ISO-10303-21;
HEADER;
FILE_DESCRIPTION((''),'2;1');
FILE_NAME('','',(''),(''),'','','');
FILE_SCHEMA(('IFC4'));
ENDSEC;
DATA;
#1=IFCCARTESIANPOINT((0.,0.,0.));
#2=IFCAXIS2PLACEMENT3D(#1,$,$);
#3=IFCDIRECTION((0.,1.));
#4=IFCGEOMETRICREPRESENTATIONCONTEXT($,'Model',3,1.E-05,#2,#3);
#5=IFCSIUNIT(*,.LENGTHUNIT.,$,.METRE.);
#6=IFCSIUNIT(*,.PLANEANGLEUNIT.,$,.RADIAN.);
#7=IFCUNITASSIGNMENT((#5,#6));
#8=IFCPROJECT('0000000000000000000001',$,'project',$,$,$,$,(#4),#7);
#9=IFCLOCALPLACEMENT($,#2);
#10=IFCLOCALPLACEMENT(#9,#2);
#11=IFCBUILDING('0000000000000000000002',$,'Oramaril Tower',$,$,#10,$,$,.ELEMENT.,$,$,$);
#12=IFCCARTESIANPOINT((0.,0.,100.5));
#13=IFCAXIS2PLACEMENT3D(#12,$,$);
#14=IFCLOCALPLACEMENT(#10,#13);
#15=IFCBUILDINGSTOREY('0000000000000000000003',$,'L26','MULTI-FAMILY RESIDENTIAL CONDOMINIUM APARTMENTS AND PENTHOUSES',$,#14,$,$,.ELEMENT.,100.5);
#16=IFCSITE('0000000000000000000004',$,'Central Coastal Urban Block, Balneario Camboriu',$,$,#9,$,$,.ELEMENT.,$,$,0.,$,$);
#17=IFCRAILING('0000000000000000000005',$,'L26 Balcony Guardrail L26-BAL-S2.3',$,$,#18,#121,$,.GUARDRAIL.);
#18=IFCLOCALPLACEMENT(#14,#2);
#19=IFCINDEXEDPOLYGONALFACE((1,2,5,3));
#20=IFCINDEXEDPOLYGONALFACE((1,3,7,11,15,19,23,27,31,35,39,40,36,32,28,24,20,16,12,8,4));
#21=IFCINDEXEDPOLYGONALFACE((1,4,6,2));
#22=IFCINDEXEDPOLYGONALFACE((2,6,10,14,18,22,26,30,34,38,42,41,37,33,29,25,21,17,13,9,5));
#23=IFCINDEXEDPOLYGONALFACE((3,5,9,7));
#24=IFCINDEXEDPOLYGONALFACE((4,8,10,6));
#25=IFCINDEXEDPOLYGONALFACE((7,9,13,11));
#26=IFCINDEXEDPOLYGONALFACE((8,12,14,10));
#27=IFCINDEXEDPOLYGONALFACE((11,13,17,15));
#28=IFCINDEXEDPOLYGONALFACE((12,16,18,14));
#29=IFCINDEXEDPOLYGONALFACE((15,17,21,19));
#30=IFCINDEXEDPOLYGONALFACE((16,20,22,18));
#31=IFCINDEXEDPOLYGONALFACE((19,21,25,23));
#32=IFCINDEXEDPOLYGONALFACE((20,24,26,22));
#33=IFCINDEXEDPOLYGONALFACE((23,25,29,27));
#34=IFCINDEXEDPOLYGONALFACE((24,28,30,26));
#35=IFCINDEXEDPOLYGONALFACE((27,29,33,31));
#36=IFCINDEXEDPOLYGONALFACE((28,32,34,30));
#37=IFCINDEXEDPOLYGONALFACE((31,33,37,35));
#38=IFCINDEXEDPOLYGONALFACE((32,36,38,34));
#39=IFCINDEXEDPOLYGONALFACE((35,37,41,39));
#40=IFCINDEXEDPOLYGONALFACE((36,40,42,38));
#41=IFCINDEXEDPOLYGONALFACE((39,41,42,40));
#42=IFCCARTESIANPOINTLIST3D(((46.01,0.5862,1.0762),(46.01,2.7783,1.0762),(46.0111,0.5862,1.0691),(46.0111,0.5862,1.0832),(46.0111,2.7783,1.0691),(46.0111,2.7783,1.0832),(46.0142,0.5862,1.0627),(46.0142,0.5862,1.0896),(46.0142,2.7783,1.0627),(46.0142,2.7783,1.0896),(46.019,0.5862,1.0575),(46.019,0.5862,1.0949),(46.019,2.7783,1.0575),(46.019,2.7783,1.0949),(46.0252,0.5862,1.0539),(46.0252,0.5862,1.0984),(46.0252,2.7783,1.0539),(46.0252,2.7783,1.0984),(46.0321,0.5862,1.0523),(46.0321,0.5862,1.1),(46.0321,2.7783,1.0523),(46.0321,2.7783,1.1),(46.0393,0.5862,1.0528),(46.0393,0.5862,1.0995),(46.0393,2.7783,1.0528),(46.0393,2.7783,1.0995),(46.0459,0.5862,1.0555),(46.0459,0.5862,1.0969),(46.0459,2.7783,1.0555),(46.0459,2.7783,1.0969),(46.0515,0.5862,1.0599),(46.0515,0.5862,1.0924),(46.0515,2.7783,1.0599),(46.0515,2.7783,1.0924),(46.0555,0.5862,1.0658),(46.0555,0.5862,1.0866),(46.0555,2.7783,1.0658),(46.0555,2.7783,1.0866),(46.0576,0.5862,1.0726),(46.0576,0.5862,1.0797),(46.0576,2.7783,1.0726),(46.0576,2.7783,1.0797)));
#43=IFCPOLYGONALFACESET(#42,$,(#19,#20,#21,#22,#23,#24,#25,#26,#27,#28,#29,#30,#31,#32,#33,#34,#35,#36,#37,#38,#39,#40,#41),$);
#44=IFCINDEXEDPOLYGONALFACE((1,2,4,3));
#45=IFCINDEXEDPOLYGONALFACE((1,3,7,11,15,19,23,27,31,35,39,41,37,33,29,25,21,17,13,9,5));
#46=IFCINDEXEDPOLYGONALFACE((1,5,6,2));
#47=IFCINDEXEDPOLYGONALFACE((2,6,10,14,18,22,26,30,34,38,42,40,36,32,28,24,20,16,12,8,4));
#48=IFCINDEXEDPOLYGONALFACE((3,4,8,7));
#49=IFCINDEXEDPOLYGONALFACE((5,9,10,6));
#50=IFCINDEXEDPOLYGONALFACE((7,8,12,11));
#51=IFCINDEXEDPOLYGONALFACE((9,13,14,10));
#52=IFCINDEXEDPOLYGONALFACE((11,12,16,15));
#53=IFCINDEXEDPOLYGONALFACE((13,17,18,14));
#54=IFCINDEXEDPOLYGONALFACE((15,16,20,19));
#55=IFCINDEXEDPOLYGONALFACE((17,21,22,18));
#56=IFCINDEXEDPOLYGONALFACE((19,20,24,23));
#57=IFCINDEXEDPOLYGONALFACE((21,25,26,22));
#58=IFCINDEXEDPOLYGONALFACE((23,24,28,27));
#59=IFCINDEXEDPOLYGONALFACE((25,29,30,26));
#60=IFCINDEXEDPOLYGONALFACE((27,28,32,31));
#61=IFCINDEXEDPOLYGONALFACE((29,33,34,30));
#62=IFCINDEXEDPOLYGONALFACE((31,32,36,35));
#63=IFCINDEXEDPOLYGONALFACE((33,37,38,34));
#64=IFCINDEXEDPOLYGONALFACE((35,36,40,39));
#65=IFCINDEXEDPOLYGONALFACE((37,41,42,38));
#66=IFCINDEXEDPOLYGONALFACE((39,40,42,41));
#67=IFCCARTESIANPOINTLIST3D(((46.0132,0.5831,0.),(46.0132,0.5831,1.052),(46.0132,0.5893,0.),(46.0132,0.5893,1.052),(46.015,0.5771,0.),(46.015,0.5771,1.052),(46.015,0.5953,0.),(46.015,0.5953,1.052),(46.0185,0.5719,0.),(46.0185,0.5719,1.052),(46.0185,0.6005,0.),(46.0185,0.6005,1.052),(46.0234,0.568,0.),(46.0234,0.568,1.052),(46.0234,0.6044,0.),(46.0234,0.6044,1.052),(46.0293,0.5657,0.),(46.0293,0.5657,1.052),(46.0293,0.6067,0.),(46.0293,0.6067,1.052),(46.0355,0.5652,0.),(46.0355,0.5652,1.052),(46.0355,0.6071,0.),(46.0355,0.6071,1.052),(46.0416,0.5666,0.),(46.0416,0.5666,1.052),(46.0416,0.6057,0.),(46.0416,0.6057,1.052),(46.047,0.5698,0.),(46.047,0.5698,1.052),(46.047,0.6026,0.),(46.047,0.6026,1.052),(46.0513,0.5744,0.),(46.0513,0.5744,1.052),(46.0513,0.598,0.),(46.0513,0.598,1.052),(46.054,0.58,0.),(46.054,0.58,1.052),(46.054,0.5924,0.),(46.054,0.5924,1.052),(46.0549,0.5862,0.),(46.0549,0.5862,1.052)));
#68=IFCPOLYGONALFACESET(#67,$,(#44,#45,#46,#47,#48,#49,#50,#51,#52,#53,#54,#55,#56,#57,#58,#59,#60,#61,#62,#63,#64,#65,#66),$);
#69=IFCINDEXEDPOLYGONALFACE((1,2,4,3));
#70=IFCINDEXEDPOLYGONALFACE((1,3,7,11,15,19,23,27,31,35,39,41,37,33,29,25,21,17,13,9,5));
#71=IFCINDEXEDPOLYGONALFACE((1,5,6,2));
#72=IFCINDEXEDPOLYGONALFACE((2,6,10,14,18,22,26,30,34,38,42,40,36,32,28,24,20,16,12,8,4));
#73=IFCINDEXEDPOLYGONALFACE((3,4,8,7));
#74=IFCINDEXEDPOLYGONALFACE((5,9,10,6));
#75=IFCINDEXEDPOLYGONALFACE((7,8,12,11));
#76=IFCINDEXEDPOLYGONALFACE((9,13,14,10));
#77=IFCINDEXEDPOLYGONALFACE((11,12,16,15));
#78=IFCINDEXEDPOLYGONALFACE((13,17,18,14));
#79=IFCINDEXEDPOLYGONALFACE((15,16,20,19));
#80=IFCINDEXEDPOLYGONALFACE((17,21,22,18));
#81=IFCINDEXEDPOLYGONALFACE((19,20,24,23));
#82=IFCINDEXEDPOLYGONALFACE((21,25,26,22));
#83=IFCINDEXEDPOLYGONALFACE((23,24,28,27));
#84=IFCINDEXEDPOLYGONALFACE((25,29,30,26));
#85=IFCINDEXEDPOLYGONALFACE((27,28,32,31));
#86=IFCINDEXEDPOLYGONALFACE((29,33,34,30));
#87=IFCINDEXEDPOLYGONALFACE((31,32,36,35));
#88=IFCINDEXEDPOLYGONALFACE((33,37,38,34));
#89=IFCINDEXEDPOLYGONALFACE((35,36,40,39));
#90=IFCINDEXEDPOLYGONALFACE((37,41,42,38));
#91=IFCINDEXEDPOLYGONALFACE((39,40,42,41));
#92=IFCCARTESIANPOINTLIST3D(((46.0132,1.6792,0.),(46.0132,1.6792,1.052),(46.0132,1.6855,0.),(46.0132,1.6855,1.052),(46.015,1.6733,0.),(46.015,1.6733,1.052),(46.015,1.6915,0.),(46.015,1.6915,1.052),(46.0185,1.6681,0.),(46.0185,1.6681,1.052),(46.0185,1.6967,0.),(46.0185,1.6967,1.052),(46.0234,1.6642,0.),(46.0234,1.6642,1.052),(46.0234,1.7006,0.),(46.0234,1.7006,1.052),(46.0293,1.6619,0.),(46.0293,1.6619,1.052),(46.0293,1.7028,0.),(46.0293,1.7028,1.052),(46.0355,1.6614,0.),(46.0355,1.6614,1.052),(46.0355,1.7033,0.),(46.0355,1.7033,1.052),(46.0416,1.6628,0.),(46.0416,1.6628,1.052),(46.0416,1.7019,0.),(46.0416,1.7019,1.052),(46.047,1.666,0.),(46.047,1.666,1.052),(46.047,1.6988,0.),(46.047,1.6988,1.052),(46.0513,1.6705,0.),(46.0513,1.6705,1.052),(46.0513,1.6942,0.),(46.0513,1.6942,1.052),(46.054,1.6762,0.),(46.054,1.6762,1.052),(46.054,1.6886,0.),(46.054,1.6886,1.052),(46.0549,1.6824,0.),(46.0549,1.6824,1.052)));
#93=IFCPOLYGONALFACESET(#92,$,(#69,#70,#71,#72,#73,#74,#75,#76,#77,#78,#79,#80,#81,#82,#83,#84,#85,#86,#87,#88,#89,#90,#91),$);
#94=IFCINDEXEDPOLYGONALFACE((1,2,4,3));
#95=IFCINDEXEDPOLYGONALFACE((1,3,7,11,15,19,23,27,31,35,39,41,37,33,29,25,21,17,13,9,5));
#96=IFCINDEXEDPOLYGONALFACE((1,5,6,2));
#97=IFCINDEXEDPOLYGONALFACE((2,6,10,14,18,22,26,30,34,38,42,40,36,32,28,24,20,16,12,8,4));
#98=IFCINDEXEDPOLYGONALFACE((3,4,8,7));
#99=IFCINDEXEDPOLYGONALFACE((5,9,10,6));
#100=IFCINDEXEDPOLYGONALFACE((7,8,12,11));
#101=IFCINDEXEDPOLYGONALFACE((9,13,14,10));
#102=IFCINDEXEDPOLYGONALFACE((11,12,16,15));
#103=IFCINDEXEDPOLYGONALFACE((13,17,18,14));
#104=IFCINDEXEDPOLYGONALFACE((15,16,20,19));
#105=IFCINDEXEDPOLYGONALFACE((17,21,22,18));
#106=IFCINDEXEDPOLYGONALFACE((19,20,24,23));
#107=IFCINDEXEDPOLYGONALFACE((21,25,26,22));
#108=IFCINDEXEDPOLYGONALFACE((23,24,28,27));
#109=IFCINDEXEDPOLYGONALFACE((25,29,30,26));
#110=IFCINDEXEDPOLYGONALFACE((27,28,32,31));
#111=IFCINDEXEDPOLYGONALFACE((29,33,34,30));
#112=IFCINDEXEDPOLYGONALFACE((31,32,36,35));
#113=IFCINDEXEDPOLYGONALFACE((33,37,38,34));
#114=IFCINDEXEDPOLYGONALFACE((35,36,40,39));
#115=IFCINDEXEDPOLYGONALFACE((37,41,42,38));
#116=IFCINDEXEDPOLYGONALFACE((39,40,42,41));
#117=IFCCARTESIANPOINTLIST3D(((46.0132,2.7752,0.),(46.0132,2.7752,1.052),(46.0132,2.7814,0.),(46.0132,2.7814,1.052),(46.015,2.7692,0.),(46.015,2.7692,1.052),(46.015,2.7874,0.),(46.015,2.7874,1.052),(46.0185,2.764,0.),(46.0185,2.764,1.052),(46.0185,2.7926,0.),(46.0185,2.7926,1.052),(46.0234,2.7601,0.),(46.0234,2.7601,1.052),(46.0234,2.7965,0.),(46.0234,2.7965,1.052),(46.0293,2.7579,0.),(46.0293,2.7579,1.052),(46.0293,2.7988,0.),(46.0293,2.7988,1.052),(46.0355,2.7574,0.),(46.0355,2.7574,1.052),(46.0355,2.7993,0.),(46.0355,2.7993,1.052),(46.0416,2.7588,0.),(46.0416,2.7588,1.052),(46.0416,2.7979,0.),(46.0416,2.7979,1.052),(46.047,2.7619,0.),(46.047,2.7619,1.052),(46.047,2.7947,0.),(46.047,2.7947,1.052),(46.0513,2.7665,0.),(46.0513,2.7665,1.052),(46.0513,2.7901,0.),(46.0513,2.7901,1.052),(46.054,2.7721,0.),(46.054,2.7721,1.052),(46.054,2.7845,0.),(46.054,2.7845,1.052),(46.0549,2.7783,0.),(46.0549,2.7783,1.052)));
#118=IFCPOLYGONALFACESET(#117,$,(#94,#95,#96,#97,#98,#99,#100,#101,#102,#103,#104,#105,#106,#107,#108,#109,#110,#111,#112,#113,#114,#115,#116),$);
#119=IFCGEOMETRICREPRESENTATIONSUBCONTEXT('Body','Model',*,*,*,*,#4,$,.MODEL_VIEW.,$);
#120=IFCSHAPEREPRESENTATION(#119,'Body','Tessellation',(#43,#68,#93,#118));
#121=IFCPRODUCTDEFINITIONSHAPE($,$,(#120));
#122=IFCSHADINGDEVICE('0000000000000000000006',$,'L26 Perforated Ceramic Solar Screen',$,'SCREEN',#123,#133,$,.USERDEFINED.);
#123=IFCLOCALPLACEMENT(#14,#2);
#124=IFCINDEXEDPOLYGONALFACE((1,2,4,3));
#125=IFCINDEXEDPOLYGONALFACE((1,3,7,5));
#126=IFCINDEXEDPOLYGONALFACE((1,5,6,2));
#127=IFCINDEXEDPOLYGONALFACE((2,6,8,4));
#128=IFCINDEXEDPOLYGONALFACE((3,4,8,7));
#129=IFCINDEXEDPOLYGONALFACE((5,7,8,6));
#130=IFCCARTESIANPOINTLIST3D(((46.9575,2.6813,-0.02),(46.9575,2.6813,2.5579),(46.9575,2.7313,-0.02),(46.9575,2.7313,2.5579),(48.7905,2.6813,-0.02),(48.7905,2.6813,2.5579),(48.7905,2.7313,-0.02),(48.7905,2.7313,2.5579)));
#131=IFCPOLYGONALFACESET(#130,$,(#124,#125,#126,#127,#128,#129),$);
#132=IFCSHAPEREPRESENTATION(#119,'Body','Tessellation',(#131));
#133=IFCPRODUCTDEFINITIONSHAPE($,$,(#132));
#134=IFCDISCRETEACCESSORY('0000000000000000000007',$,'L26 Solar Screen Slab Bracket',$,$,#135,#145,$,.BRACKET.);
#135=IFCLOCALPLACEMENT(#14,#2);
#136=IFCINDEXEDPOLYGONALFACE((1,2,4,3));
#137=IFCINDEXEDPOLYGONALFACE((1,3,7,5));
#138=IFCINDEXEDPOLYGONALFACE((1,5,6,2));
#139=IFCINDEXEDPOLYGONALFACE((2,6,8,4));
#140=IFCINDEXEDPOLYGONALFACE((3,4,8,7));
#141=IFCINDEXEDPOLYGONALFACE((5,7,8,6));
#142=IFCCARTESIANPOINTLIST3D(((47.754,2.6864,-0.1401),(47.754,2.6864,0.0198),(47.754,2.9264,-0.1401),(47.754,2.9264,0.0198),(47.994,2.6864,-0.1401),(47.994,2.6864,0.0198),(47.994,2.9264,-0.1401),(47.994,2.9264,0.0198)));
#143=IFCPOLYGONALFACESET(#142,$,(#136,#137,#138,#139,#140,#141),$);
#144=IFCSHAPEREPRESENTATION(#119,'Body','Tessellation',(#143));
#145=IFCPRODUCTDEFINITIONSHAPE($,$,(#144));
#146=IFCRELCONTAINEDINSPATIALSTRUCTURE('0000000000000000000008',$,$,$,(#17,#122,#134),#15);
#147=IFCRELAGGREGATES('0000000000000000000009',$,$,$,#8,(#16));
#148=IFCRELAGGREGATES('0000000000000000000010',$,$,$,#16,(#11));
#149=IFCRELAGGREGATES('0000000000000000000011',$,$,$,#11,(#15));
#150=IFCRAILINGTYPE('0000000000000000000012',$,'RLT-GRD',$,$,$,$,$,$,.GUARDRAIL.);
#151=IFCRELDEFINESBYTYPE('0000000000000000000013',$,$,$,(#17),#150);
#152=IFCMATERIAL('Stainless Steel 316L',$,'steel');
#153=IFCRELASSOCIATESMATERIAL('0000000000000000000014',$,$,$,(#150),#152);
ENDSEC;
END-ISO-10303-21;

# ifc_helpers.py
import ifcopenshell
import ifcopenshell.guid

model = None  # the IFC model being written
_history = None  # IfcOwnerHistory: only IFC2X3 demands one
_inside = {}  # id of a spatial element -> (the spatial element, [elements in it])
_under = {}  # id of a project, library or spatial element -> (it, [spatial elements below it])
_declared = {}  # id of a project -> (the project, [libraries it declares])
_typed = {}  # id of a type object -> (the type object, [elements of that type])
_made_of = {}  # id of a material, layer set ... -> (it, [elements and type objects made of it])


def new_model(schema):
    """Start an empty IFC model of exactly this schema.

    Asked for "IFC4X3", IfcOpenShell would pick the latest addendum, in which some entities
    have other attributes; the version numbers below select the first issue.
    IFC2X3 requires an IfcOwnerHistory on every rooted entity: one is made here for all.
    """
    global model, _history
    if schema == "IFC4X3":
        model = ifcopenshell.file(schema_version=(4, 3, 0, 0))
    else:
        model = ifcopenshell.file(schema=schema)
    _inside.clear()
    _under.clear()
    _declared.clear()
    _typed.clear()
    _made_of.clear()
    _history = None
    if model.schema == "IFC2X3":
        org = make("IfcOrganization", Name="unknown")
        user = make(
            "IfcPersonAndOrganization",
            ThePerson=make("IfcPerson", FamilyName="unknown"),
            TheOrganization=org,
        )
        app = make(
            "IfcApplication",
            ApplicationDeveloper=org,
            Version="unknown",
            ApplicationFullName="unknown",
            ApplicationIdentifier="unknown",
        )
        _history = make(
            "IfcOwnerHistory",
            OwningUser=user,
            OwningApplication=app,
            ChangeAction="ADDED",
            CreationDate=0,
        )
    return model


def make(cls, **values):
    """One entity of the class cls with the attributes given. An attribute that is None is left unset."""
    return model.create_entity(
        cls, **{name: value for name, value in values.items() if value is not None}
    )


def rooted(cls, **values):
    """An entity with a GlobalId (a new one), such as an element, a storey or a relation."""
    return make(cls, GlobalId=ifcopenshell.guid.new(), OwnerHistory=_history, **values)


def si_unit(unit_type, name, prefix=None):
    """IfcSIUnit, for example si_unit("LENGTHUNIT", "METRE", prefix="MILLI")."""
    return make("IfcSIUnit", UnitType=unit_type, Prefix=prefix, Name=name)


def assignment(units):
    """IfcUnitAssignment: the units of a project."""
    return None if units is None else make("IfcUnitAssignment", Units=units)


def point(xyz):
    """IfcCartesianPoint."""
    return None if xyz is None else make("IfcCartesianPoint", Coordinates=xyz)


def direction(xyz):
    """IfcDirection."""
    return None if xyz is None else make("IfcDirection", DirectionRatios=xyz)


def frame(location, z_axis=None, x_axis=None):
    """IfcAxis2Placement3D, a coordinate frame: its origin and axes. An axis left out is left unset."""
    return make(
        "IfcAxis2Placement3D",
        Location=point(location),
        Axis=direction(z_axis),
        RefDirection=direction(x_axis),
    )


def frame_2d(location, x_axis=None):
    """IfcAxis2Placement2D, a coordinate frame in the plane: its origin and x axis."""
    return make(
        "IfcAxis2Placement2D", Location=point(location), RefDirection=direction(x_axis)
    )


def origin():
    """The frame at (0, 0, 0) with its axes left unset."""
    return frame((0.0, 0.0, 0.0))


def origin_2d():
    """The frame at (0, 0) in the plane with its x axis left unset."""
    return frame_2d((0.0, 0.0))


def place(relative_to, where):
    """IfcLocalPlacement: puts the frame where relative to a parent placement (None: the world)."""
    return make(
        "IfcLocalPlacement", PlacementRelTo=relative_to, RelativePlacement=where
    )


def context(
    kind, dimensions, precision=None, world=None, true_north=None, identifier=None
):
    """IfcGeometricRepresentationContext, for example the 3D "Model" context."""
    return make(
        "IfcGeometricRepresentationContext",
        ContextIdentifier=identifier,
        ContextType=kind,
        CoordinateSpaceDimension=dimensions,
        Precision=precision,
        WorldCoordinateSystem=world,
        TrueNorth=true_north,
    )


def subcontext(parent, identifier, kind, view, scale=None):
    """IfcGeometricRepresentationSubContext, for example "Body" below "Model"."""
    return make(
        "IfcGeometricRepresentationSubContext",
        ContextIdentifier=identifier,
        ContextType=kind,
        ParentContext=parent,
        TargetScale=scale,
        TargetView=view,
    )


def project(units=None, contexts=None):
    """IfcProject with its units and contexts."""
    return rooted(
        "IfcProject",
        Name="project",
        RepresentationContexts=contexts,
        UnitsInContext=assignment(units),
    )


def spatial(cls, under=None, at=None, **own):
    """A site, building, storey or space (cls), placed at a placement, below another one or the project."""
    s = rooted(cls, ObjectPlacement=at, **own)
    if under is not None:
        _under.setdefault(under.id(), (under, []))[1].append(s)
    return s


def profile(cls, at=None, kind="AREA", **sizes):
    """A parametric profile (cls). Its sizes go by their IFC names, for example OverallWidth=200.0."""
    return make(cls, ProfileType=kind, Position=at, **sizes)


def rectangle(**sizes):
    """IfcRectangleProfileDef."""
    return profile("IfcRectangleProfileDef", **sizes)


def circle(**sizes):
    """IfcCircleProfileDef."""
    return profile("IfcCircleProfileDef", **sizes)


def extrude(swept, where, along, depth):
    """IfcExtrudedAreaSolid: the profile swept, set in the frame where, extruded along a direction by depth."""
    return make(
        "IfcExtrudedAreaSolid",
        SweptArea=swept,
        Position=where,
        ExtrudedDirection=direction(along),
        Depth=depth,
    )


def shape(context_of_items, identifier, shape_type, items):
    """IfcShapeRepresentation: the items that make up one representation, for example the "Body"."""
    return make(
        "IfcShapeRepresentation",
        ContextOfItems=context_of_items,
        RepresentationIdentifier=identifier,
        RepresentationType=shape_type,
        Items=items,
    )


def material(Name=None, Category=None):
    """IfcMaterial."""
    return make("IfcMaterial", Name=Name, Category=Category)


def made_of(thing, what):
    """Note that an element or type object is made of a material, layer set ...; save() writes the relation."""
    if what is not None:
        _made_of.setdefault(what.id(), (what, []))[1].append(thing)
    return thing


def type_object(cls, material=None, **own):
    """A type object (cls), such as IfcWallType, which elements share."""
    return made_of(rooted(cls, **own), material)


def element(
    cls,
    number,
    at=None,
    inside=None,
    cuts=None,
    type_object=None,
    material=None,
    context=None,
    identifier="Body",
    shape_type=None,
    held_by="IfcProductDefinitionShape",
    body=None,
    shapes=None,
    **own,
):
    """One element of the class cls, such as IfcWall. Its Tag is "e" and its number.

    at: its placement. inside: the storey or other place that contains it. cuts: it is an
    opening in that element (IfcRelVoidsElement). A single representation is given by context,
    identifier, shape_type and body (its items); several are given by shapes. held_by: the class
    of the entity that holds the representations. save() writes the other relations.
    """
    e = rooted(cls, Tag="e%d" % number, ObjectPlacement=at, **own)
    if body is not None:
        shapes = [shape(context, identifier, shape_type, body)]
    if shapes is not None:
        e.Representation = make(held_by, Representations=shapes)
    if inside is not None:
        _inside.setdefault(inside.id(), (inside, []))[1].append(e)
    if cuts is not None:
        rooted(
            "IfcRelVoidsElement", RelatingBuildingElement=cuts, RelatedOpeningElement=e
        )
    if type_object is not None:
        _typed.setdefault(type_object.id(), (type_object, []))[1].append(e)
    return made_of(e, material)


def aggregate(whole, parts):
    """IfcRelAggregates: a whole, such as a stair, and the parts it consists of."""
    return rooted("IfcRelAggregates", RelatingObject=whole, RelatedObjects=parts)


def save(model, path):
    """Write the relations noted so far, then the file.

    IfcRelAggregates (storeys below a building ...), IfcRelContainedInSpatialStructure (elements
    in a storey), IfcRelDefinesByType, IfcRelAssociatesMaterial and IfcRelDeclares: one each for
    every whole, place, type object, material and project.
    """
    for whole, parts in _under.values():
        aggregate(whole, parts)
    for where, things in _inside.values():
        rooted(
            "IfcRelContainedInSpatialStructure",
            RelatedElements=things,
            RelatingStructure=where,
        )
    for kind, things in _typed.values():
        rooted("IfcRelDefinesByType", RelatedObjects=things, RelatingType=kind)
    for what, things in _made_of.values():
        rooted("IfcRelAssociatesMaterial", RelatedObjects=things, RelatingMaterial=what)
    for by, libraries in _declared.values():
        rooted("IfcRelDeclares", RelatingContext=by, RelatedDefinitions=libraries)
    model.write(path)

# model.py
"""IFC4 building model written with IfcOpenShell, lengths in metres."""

from ifc_helpers import new_model, si_unit, direction, frame, origin, origin_2d, place, context, subcontext, project, spatial, rectangle, circle, extrude, material, type_object, element, save


model = new_model("IFC4")

# Units and contexts
model_context = context("Model", 3, precision=1e-05, world=origin(), true_north=direction((0.0, 1.0)))
body_context = subcontext(model_context, "Body", "Model", "MODEL_VIEW")
ifc_project = project(units=[si_unit("LENGTHUNIT", "METRE"), si_unit("PLANEANGLEUNIT", "RADIAN")], contexts=[model_context])

# Site, building, storey
site_placement = place(None, origin())
site = spatial("IfcSite", under=ifc_project, at=site_placement, Name="Central Coastal Urban Block, Balneario Camboriu", CompositionType="ELEMENT", RefElevation=0.0)
building_placement = place(site_placement, origin())
building = spatial("IfcBuilding", under=site, at=building_placement, Name="Oramaril Tower", CompositionType="ELEMENT")
storey_placement = place(building_placement, frame((0.0, 0.0, 100.5)))
storey = spatial("IfcBuildingStorey", under=building, at=storey_placement, Name="L26", Description="MULTI-FAMILY RESIDENTIAL CONDOMINIUM APARTMENTS AND PENTHOUSES", CompositionType="ELEMENT", Elevation=100.5)

# Railing
ifc_material_1 = material(Name="Stainless Steel 316L", Category="steel")
railing_type = type_object("IfcRailingType", Name="RLT-GRD", PredefinedType="GUARDRAIL", material=ifc_material_1)
railing_1_placement = place(storey_placement, frame((46.0339, 0.5862, 0.0)))
element("IfcRailing", 1, at=railing_1_placement, inside=storey, type_object=railing_type, Name="L26 Balcony Guardrail L26-BAL-S2.3", PredefinedType="GUARDRAIL", context=body_context, shape_type="SweptSolid", body=[
    extrude(circle(Radius=0.0239, at=origin_2d()), frame((0.0, 0.0, 1.0762), z_axis=(0.0, 1.0, 0.0), x_axis=(-1.0, 0.0, 0.0)), (0.0, 0.0, 1.0), 2.1921),
    extrude(circle(Radius=0.021, at=origin_2d()), origin(), (0.0, 0.0, 1.0), 1.052),
    extrude(circle(Radius=0.021, at=origin_2d()), frame((0.0, 1.0962, 0.0)), (0.0, 0.0, 1.0), 1.052),
    extrude(circle(Radius=0.021, at=origin_2d()), frame((0.0, 2.1921, 0.0)), (0.0, 0.0, 1.0), 1.052),
])

# Shading device
shading_device_placement = place(storey_placement, frame((47.874, 2.7063, -0.02), z_axis=(0.0, 0.0, 1.0), x_axis=(1.0, 0.0, 0.0)))
element("IfcShadingDevice", 2, at=shading_device_placement, inside=storey, Name="L26 Perforated Ceramic Solar Screen", ObjectType="SCREEN", PredefinedType="USERDEFINED", context=body_context, shape_type="SweptSolid", body=[
    extrude(rectangle(XDim=1.833, YDim=0.05, at=origin_2d()), origin(), (0.0, 0.0, 1.0), 2.5779),
])

# Discrete accessory
discrete_accessory_placement = place(storey_placement, frame((47.874, 2.8064, -0.1401), z_axis=(0.0, 0.0, 1.0), x_axis=(1.0, 0.0, 0.0)))
element("IfcDiscreteAccessory", 3, at=discrete_accessory_placement, inside=storey, Name="L26 Solar Screen Slab Bracket", PredefinedType="BRACKET", context=body_context, shape_type="SweptSolid", body=[
    extrude(rectangle(XDim=0.24, YDim=0.24, at=origin_2d()), origin(), (0.0, 0.0, 1.0), 0.1599),
])

save(model, "model.ifc")
